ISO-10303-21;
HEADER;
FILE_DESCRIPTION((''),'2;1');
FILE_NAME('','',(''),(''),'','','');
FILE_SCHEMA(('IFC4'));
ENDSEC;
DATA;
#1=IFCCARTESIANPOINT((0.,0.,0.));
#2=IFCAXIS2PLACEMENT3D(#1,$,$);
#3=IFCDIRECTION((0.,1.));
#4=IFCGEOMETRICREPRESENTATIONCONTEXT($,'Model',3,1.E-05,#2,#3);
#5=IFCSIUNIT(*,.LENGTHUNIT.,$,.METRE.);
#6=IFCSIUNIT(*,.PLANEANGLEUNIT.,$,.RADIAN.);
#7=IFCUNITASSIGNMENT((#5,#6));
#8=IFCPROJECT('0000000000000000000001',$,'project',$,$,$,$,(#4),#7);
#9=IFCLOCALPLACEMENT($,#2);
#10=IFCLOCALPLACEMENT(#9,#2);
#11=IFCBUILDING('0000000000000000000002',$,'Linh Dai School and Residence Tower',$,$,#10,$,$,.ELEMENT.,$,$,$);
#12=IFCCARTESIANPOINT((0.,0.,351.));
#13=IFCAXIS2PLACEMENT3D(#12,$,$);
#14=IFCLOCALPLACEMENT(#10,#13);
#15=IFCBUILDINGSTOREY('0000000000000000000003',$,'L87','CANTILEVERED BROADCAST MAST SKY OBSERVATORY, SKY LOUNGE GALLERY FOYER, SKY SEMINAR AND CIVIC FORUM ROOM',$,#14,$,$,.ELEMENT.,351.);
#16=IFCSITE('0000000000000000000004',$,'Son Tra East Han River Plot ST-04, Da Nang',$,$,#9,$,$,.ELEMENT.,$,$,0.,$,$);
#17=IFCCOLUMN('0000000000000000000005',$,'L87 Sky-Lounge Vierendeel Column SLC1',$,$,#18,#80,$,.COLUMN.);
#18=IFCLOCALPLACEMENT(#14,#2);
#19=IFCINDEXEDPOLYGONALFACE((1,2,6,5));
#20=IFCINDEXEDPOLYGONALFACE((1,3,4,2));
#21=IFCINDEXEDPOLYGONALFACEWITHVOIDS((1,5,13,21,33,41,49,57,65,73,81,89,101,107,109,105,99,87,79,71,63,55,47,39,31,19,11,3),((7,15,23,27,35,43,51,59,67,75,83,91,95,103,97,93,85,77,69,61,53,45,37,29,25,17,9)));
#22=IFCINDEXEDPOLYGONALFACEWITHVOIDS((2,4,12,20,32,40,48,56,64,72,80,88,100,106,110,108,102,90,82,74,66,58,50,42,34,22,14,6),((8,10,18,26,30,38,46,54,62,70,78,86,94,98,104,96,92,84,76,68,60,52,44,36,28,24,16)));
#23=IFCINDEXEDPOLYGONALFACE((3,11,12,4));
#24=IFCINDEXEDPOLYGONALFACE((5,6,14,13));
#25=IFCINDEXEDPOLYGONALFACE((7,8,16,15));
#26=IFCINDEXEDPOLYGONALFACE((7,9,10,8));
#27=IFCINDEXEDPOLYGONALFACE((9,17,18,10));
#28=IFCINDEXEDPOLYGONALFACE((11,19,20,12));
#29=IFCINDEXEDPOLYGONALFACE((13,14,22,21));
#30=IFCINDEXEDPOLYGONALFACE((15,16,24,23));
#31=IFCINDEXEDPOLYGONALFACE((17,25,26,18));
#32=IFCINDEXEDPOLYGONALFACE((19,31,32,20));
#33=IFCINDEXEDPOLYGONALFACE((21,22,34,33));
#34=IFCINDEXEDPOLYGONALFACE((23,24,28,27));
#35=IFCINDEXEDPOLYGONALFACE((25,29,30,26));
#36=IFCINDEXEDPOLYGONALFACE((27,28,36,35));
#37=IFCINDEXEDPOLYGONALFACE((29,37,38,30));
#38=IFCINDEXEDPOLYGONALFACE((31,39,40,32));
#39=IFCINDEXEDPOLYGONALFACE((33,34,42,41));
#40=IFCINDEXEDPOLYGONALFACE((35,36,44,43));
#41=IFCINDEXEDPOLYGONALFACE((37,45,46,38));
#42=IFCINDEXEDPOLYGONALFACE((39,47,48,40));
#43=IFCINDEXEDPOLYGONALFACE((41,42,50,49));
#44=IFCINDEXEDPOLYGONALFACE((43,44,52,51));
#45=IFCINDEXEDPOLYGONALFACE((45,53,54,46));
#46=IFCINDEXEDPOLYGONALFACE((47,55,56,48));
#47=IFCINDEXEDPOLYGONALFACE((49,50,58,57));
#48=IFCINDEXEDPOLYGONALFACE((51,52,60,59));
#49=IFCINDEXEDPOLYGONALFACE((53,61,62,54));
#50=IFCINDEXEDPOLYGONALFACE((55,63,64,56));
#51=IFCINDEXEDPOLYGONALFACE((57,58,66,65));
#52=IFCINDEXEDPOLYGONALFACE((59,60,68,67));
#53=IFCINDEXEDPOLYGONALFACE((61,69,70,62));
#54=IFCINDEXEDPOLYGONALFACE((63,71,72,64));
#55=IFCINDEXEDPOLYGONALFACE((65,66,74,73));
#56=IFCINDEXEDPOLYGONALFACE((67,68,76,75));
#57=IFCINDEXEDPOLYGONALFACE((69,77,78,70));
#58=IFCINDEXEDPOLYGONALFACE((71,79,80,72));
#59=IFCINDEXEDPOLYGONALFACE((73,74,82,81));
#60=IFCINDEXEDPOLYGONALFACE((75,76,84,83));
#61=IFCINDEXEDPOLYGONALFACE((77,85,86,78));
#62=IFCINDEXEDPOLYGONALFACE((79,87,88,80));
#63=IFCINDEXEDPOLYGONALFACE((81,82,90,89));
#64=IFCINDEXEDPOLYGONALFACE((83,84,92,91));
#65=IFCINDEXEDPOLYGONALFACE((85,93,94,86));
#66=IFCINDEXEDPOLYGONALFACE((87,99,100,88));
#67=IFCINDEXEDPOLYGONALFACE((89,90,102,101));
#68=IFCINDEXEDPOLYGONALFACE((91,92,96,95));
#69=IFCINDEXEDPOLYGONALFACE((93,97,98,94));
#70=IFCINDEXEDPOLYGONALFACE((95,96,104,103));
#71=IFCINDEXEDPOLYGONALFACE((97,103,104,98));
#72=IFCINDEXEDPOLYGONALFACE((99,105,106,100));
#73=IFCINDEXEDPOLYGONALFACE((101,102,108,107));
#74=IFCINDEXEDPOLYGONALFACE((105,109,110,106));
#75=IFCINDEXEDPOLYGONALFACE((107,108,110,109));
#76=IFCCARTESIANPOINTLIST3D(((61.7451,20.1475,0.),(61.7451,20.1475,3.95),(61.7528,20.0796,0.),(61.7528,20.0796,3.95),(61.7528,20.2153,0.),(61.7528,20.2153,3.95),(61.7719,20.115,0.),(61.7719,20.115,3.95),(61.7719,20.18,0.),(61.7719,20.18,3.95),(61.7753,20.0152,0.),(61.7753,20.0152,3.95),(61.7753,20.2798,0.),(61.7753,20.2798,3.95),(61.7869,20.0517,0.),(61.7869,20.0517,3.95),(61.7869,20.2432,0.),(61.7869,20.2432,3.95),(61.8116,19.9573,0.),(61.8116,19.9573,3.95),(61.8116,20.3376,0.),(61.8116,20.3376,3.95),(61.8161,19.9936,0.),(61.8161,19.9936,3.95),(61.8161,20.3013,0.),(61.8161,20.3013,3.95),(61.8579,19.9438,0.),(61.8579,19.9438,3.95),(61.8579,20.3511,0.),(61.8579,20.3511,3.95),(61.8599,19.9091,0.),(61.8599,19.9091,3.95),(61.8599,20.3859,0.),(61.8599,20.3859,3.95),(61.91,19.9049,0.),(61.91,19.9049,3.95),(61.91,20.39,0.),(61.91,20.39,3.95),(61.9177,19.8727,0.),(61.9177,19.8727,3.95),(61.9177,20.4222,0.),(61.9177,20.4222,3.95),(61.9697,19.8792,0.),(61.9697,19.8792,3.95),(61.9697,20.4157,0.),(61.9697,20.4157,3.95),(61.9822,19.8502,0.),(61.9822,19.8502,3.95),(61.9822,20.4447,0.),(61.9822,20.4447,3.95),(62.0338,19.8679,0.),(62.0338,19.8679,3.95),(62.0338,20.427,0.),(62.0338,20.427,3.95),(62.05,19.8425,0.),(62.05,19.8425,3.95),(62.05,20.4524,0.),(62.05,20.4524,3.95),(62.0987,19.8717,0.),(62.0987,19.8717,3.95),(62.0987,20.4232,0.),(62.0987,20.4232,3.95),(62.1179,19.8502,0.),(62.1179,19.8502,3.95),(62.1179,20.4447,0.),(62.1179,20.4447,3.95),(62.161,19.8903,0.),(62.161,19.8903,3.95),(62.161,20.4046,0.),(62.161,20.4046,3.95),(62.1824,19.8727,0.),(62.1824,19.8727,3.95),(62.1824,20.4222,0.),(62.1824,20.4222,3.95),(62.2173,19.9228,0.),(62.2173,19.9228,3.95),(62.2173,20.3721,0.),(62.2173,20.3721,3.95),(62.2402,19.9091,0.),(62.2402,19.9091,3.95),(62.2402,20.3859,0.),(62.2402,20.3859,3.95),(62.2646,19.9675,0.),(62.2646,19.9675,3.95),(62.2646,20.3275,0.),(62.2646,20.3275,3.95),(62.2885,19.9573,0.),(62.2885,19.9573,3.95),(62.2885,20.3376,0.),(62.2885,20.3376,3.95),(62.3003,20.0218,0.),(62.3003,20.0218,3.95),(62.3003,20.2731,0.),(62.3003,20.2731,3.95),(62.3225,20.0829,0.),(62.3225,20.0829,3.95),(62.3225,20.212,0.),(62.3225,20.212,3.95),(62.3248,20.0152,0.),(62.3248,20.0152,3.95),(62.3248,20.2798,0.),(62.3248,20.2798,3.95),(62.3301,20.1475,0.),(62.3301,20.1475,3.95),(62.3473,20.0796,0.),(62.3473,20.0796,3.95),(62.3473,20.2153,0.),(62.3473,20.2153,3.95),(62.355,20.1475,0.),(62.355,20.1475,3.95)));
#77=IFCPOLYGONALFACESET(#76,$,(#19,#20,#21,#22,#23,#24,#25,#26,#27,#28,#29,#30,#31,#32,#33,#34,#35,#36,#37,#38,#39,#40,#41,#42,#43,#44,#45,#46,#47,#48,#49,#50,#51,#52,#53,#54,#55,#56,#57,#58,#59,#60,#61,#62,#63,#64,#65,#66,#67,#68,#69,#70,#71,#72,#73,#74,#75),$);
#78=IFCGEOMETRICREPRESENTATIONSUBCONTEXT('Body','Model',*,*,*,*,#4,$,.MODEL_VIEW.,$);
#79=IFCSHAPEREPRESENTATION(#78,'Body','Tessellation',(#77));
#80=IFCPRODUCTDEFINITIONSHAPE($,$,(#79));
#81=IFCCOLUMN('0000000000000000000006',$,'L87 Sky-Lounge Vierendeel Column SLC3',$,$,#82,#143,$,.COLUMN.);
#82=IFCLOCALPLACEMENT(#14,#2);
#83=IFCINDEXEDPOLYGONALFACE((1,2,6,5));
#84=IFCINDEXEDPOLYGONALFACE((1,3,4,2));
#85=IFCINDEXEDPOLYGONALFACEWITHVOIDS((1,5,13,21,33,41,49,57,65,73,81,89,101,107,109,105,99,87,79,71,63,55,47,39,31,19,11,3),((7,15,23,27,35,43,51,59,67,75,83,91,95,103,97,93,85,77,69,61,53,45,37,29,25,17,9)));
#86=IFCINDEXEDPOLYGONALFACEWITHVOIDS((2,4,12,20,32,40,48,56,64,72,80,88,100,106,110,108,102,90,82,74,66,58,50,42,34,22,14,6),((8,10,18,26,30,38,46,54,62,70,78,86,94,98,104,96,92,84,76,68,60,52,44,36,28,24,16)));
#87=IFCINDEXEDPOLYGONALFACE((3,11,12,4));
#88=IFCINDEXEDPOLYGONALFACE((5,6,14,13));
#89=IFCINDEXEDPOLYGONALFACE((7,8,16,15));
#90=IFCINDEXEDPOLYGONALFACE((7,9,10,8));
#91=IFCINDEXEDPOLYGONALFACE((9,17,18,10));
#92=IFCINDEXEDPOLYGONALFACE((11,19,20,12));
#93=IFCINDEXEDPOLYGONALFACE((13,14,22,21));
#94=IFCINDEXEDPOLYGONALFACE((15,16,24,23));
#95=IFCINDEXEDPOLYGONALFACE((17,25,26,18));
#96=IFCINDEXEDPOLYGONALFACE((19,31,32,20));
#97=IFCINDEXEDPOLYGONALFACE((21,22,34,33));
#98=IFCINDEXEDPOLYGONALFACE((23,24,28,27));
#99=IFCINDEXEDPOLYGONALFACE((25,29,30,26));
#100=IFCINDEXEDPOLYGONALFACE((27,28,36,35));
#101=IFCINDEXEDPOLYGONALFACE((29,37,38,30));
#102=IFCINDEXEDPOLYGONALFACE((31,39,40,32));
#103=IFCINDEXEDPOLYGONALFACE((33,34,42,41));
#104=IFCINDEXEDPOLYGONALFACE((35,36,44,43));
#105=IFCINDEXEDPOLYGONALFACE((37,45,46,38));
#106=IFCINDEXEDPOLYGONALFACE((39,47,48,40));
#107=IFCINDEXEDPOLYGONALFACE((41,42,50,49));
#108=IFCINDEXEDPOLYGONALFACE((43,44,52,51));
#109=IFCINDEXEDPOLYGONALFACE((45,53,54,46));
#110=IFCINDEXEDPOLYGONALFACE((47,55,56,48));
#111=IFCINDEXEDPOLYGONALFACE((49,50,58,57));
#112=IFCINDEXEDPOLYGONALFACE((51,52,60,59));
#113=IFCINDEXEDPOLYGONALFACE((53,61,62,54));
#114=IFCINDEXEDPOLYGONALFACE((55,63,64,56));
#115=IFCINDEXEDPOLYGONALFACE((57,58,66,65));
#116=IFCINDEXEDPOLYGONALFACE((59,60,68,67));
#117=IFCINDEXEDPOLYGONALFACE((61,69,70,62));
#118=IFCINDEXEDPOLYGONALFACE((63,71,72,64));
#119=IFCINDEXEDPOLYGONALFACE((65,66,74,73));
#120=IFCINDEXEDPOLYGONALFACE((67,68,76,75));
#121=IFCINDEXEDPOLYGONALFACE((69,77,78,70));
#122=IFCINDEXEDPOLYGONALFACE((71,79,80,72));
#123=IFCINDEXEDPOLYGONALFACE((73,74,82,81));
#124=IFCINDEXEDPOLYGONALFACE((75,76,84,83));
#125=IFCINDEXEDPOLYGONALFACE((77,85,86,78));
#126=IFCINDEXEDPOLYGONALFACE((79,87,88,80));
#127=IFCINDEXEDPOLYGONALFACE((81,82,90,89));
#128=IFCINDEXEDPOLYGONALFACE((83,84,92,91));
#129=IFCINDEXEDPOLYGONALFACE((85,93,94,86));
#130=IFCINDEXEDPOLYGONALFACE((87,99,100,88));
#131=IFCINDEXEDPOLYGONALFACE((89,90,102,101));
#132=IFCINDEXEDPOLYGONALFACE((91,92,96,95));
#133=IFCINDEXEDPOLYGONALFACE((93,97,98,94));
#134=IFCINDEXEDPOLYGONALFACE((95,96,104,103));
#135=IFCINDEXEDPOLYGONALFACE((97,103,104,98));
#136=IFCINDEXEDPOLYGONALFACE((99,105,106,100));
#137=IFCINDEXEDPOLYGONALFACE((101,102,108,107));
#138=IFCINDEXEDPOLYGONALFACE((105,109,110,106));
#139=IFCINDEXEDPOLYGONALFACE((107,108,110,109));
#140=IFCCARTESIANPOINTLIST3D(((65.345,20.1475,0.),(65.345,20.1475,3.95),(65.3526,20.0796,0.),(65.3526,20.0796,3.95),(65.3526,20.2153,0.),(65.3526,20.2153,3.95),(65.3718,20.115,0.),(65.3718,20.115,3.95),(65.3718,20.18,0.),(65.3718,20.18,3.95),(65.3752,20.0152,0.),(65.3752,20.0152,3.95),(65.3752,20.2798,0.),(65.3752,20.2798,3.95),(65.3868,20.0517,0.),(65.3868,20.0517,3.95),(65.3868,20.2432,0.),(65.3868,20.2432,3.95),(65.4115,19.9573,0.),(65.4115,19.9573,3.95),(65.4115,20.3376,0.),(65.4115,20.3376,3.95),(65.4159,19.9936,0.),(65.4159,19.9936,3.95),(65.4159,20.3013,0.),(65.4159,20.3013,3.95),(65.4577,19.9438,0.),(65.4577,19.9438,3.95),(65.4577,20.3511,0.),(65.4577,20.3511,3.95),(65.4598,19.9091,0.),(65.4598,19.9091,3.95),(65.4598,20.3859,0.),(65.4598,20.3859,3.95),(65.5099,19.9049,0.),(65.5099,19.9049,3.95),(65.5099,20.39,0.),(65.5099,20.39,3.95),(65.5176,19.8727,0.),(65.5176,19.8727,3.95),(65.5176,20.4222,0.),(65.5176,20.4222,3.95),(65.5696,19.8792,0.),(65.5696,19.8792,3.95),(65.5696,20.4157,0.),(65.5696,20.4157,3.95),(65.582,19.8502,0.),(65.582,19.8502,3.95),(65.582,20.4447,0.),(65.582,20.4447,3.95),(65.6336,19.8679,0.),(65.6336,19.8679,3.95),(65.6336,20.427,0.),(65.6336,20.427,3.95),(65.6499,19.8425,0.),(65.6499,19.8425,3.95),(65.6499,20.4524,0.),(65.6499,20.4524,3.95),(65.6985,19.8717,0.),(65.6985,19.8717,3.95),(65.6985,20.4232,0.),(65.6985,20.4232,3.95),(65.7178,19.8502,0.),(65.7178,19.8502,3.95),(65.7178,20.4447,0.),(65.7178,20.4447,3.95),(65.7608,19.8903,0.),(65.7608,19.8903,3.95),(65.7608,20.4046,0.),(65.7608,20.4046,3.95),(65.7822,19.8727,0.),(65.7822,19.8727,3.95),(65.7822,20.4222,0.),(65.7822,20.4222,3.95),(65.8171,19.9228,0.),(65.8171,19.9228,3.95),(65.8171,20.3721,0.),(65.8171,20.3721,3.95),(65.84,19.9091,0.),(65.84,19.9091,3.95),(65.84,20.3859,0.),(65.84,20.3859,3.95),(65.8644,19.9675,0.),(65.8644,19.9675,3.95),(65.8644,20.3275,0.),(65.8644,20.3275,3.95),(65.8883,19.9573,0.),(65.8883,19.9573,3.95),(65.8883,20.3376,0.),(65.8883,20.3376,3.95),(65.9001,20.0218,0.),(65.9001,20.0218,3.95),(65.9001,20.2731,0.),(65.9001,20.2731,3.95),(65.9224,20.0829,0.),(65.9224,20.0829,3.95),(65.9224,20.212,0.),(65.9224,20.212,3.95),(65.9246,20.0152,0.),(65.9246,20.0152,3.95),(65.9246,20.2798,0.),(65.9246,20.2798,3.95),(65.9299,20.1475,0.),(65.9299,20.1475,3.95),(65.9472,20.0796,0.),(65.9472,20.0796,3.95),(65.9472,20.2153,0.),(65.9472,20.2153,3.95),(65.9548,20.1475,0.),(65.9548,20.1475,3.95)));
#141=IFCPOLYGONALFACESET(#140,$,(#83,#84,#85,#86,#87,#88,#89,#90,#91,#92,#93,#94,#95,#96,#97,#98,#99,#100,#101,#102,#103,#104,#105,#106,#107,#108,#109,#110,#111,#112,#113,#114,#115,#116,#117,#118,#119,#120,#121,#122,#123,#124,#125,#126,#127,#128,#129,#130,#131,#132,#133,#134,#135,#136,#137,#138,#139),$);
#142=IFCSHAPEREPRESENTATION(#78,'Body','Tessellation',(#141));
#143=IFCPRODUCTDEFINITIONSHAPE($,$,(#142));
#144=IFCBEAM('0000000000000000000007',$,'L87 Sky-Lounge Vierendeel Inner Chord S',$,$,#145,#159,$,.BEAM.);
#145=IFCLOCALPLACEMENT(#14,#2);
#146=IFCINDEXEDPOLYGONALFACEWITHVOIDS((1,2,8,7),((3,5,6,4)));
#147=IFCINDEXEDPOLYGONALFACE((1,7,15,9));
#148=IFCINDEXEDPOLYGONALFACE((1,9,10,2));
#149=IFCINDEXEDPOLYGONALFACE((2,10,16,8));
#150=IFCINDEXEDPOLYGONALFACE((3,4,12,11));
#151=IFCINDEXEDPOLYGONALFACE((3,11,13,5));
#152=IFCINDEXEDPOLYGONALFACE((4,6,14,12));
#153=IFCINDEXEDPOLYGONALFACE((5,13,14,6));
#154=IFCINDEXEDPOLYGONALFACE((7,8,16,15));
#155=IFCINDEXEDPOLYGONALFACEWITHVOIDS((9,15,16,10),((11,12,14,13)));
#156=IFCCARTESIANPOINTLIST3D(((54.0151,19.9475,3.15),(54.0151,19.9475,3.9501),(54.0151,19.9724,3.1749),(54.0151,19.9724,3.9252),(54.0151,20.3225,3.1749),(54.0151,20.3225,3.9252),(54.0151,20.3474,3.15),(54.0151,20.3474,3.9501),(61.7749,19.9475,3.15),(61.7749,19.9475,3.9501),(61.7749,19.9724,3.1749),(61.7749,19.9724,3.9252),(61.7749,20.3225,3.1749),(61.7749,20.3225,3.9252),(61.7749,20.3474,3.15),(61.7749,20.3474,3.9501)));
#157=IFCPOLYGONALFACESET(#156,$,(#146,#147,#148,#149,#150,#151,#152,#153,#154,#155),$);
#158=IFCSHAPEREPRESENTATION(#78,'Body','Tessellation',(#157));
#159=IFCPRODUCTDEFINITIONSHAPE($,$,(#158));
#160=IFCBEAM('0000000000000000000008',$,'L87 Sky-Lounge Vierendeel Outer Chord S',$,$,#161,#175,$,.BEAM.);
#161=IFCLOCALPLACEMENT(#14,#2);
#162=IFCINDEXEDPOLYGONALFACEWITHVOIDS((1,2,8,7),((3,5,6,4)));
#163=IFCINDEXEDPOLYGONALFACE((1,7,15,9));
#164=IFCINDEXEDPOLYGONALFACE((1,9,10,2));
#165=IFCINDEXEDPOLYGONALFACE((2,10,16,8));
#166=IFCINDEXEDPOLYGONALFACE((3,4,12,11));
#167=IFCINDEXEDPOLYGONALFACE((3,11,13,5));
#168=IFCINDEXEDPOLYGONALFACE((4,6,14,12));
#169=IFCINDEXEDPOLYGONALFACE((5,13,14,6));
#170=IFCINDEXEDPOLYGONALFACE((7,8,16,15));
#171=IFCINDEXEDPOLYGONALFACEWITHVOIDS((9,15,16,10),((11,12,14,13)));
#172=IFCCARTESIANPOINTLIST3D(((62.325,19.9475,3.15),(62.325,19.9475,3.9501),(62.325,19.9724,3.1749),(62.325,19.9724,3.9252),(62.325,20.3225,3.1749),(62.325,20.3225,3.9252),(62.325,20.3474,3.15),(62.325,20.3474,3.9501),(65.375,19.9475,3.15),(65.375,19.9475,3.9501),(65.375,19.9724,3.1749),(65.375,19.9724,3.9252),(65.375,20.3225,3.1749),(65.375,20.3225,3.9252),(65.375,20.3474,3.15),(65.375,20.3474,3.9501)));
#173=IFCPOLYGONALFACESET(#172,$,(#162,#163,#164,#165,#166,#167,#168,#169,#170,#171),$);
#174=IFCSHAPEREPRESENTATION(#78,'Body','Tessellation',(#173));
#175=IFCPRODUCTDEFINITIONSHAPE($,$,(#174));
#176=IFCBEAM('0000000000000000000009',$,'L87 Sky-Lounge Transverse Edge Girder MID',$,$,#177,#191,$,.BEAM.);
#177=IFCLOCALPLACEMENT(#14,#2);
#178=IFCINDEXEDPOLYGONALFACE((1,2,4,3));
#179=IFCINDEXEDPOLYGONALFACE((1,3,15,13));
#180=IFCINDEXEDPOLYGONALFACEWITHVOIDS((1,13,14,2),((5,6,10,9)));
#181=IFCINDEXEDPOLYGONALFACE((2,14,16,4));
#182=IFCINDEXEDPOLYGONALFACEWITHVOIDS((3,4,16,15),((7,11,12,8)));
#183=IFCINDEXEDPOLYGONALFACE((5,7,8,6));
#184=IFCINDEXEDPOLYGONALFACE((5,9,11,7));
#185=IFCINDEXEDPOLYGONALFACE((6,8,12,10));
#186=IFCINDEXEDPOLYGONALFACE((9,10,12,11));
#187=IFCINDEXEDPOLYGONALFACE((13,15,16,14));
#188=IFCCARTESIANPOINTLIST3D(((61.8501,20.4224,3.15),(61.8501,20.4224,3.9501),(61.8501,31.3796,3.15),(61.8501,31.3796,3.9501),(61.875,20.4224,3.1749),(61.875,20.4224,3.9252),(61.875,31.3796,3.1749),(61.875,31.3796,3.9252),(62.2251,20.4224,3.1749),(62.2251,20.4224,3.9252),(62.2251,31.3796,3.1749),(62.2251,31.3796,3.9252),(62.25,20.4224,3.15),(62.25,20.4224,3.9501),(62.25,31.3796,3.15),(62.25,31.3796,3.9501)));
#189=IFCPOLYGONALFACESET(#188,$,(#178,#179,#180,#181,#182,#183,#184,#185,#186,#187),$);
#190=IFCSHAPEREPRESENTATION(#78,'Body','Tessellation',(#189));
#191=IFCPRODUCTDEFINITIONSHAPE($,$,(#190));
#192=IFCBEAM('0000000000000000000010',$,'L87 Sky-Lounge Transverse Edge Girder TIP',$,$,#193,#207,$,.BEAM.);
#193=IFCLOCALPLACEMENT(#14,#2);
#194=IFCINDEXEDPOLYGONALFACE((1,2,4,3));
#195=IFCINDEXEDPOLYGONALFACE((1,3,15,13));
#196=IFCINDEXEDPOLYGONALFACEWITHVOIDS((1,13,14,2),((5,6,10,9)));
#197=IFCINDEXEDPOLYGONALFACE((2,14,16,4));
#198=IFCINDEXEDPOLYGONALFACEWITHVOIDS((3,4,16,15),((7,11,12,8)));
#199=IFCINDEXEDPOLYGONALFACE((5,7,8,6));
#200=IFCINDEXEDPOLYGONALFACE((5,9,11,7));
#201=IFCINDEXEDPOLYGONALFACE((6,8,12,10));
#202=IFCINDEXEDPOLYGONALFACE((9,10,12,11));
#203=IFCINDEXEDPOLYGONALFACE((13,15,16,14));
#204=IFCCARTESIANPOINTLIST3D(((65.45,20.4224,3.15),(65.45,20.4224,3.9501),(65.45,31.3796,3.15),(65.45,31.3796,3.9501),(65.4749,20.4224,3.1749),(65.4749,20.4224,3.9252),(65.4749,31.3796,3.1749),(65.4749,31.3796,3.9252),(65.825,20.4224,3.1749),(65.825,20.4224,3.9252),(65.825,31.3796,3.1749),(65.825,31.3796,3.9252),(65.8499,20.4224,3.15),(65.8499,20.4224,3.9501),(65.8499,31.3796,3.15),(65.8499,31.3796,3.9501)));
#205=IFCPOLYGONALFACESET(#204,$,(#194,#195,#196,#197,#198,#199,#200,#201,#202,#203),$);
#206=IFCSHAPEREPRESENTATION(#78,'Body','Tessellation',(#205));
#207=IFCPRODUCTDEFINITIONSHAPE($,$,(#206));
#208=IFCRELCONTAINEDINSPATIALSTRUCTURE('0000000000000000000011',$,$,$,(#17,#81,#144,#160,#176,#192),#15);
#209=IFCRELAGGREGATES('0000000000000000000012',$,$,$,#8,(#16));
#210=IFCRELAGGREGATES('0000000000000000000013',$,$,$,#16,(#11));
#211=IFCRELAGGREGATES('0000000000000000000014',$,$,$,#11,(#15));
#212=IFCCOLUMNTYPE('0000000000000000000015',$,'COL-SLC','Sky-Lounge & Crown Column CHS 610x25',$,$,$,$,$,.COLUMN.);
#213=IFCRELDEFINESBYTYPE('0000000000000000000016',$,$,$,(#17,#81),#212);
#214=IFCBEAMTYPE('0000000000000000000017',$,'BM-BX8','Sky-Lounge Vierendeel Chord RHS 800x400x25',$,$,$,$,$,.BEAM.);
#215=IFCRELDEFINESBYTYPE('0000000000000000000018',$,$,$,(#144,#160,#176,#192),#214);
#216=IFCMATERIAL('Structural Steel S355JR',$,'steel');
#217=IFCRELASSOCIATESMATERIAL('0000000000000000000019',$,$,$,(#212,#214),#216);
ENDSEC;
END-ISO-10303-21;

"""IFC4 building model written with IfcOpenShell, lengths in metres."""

from ifc_helpers import new_model, si_unit, direction, frame, origin, origin_2d, place, context, subcontext, project, spatial, hollow_rectangle, hollow_circle, extrude, material, material_profile, profile_set, type_object, element, save


model = new_model("IFC4")

# Units and contexts
model_context = context("Model", 3, precision=1e-05, world=origin(), true_north=direction((0.0, 1.0)))
body_context = subcontext(model_context, "Body", "Model", "MODEL_VIEW")
ifc_project = project(units=[si_unit("LENGTHUNIT", "METRE"), si_unit("PLANEANGLEUNIT", "RADIAN")], contexts=[model_context])

# Site, building, storey
site_placement = place(None, origin())
site = spatial("IfcSite", under=ifc_project, at=site_placement, Name="Son Tra East Han River Plot ST-04, Da Nang", CompositionType="ELEMENT", RefElevation=0.0)
building_placement = place(site_placement, origin())
building = spatial("IfcBuilding", under=site, at=building_placement, Name="Linh Dai School and Residence Tower", CompositionType="ELEMENT")
storey_placement = place(building_placement, frame((0.0, 0.0, 351.0)))
storey = spatial("IfcBuildingStorey", under=building, at=storey_placement, Name="L87", Description="CANTILEVERED BROADCAST MAST SKY OBSERVATORY, SKY LOUNGE GALLERY FOYER, SKY SEMINAR AND CIVIC FORUM ROOM", CompositionType="ELEMENT", Elevation=351.0)

# Columns
ifc_material_1 = material(Name="Structural Steel S355JR", Category="steel")
ifc_material_profile_1 = material_profile(ifc_material_1, hollow_circle(Radius=0.3049, WallThickness=0.0249, at=origin_2d()), Name="CHS 610x25")
ifc_profile_set_1 = profile_set([ifc_material_profile_1], Name="Structural Steel S355JR")
column_type_1 = type_object("IfcColumnType", Name="COL-SLC", Description="Sky-Lounge & Crown Column CHS 610x25", PredefinedType="COLUMN", material=ifc_profile_set_1)
for number, where, z_axis, x_axis, name in (
    (1, (62.05, 20.1475, 0.0), (0.0, 0.0, 1.0), (1.0, 0.0, 0.0), "L87 Sky-Lounge Vierendeel Column SLC1"),
    (2, (65.6499, 20.1475, 0.0), (0.0, 0.0, 1.0), (1.0, 0.0, 0.0), "L87 Sky-Lounge Vierendeel Column SLC3"),
):
    element("IfcColumn", number, at=place(storey_placement, frame(where, z_axis=z_axis, x_axis=x_axis)), inside=storey, type_object=column_type_1, Name=name, PredefinedType="COLUMN", context=body_context, shape_type="SweptSolid", body=[
        extrude(hollow_circle(Radius=0.3049, WallThickness=0.0249, at=origin_2d()), origin(), (0.0, 0.0, 1.0), 3.95),
    ])

# Beams
ifc_material_profile_2 = material_profile(ifc_material_1, hollow_rectangle(XDim=0.3999, YDim=0.8, WallThickness=0.0249, at=origin_2d()), Name="RHS 800x400x25")
ifc_profile_set_2 = profile_set([ifc_material_profile_2], Name="Structural Steel S355JR")
beam_type_1 = type_object("IfcBeamType", Name="BM-BX8", Description="Sky-Lounge Vierendeel Chord RHS 800x400x25", PredefinedType="BEAM", material=ifc_profile_set_2)
beam_1_placement = place(storey_placement, frame((54.0151, 20.1475, 3.55), z_axis=(1.0, 0.0, 0.0), x_axis=(0.0, 1.0, 0.0)))
element("IfcBeam", 3, at=beam_1_placement, inside=storey, type_object=beam_type_1, Name="L87 Sky-Lounge Vierendeel Inner Chord S", PredefinedType="BEAM", context=body_context, shape_type="SweptSolid", body=[
    extrude(hollow_rectangle(XDim=0.3999, YDim=0.8, WallThickness=0.0249, at=origin_2d()), origin(), (0.0, 0.0, 1.0), 7.7598),
])
beam_2_placement = place(storey_placement, frame((62.325, 20.1475, 3.55), z_axis=(1.0, 0.0, 0.0), x_axis=(0.0, 1.0, 0.0)))
element("IfcBeam", 4, at=beam_2_placement, inside=storey, type_object=beam_type_1, Name="L87 Sky-Lounge Vierendeel Outer Chord S", PredefinedType="BEAM", context=body_context, shape_type="SweptSolid", body=[
    extrude(hollow_rectangle(XDim=0.3999, YDim=0.8, WallThickness=0.0249, at=origin_2d()), origin(), (0.0, 0.0, 1.0), 3.05),
])
for number, where, z_axis, x_axis, name in (
    (5, (62.05, 20.4224, 3.55), (0.0, 1.0, 0.0), (-1.0, 0.0, 0.0), "L87 Sky-Lounge Transverse Edge Girder MID"),
    (6, (65.6499, 20.4224, 3.55), (0.0, 1.0, 0.0), (-1.0, 0.0, 0.0), "L87 Sky-Lounge Transverse Edge Girder TIP"),
):
    element("IfcBeam", number, at=place(storey_placement, frame(where, z_axis=z_axis, x_axis=x_axis)), inside=storey, type_object=beam_type_1, Name=name, PredefinedType="BEAM", context=body_context, shape_type="SweptSolid", body=[
        extrude(hollow_rectangle(XDim=0.3999, YDim=0.8, WallThickness=0.0249, at=origin_2d()), origin(), (0.0, 0.0, 1.0), 10.9573),
    ])

save(model, "model.ifc")
